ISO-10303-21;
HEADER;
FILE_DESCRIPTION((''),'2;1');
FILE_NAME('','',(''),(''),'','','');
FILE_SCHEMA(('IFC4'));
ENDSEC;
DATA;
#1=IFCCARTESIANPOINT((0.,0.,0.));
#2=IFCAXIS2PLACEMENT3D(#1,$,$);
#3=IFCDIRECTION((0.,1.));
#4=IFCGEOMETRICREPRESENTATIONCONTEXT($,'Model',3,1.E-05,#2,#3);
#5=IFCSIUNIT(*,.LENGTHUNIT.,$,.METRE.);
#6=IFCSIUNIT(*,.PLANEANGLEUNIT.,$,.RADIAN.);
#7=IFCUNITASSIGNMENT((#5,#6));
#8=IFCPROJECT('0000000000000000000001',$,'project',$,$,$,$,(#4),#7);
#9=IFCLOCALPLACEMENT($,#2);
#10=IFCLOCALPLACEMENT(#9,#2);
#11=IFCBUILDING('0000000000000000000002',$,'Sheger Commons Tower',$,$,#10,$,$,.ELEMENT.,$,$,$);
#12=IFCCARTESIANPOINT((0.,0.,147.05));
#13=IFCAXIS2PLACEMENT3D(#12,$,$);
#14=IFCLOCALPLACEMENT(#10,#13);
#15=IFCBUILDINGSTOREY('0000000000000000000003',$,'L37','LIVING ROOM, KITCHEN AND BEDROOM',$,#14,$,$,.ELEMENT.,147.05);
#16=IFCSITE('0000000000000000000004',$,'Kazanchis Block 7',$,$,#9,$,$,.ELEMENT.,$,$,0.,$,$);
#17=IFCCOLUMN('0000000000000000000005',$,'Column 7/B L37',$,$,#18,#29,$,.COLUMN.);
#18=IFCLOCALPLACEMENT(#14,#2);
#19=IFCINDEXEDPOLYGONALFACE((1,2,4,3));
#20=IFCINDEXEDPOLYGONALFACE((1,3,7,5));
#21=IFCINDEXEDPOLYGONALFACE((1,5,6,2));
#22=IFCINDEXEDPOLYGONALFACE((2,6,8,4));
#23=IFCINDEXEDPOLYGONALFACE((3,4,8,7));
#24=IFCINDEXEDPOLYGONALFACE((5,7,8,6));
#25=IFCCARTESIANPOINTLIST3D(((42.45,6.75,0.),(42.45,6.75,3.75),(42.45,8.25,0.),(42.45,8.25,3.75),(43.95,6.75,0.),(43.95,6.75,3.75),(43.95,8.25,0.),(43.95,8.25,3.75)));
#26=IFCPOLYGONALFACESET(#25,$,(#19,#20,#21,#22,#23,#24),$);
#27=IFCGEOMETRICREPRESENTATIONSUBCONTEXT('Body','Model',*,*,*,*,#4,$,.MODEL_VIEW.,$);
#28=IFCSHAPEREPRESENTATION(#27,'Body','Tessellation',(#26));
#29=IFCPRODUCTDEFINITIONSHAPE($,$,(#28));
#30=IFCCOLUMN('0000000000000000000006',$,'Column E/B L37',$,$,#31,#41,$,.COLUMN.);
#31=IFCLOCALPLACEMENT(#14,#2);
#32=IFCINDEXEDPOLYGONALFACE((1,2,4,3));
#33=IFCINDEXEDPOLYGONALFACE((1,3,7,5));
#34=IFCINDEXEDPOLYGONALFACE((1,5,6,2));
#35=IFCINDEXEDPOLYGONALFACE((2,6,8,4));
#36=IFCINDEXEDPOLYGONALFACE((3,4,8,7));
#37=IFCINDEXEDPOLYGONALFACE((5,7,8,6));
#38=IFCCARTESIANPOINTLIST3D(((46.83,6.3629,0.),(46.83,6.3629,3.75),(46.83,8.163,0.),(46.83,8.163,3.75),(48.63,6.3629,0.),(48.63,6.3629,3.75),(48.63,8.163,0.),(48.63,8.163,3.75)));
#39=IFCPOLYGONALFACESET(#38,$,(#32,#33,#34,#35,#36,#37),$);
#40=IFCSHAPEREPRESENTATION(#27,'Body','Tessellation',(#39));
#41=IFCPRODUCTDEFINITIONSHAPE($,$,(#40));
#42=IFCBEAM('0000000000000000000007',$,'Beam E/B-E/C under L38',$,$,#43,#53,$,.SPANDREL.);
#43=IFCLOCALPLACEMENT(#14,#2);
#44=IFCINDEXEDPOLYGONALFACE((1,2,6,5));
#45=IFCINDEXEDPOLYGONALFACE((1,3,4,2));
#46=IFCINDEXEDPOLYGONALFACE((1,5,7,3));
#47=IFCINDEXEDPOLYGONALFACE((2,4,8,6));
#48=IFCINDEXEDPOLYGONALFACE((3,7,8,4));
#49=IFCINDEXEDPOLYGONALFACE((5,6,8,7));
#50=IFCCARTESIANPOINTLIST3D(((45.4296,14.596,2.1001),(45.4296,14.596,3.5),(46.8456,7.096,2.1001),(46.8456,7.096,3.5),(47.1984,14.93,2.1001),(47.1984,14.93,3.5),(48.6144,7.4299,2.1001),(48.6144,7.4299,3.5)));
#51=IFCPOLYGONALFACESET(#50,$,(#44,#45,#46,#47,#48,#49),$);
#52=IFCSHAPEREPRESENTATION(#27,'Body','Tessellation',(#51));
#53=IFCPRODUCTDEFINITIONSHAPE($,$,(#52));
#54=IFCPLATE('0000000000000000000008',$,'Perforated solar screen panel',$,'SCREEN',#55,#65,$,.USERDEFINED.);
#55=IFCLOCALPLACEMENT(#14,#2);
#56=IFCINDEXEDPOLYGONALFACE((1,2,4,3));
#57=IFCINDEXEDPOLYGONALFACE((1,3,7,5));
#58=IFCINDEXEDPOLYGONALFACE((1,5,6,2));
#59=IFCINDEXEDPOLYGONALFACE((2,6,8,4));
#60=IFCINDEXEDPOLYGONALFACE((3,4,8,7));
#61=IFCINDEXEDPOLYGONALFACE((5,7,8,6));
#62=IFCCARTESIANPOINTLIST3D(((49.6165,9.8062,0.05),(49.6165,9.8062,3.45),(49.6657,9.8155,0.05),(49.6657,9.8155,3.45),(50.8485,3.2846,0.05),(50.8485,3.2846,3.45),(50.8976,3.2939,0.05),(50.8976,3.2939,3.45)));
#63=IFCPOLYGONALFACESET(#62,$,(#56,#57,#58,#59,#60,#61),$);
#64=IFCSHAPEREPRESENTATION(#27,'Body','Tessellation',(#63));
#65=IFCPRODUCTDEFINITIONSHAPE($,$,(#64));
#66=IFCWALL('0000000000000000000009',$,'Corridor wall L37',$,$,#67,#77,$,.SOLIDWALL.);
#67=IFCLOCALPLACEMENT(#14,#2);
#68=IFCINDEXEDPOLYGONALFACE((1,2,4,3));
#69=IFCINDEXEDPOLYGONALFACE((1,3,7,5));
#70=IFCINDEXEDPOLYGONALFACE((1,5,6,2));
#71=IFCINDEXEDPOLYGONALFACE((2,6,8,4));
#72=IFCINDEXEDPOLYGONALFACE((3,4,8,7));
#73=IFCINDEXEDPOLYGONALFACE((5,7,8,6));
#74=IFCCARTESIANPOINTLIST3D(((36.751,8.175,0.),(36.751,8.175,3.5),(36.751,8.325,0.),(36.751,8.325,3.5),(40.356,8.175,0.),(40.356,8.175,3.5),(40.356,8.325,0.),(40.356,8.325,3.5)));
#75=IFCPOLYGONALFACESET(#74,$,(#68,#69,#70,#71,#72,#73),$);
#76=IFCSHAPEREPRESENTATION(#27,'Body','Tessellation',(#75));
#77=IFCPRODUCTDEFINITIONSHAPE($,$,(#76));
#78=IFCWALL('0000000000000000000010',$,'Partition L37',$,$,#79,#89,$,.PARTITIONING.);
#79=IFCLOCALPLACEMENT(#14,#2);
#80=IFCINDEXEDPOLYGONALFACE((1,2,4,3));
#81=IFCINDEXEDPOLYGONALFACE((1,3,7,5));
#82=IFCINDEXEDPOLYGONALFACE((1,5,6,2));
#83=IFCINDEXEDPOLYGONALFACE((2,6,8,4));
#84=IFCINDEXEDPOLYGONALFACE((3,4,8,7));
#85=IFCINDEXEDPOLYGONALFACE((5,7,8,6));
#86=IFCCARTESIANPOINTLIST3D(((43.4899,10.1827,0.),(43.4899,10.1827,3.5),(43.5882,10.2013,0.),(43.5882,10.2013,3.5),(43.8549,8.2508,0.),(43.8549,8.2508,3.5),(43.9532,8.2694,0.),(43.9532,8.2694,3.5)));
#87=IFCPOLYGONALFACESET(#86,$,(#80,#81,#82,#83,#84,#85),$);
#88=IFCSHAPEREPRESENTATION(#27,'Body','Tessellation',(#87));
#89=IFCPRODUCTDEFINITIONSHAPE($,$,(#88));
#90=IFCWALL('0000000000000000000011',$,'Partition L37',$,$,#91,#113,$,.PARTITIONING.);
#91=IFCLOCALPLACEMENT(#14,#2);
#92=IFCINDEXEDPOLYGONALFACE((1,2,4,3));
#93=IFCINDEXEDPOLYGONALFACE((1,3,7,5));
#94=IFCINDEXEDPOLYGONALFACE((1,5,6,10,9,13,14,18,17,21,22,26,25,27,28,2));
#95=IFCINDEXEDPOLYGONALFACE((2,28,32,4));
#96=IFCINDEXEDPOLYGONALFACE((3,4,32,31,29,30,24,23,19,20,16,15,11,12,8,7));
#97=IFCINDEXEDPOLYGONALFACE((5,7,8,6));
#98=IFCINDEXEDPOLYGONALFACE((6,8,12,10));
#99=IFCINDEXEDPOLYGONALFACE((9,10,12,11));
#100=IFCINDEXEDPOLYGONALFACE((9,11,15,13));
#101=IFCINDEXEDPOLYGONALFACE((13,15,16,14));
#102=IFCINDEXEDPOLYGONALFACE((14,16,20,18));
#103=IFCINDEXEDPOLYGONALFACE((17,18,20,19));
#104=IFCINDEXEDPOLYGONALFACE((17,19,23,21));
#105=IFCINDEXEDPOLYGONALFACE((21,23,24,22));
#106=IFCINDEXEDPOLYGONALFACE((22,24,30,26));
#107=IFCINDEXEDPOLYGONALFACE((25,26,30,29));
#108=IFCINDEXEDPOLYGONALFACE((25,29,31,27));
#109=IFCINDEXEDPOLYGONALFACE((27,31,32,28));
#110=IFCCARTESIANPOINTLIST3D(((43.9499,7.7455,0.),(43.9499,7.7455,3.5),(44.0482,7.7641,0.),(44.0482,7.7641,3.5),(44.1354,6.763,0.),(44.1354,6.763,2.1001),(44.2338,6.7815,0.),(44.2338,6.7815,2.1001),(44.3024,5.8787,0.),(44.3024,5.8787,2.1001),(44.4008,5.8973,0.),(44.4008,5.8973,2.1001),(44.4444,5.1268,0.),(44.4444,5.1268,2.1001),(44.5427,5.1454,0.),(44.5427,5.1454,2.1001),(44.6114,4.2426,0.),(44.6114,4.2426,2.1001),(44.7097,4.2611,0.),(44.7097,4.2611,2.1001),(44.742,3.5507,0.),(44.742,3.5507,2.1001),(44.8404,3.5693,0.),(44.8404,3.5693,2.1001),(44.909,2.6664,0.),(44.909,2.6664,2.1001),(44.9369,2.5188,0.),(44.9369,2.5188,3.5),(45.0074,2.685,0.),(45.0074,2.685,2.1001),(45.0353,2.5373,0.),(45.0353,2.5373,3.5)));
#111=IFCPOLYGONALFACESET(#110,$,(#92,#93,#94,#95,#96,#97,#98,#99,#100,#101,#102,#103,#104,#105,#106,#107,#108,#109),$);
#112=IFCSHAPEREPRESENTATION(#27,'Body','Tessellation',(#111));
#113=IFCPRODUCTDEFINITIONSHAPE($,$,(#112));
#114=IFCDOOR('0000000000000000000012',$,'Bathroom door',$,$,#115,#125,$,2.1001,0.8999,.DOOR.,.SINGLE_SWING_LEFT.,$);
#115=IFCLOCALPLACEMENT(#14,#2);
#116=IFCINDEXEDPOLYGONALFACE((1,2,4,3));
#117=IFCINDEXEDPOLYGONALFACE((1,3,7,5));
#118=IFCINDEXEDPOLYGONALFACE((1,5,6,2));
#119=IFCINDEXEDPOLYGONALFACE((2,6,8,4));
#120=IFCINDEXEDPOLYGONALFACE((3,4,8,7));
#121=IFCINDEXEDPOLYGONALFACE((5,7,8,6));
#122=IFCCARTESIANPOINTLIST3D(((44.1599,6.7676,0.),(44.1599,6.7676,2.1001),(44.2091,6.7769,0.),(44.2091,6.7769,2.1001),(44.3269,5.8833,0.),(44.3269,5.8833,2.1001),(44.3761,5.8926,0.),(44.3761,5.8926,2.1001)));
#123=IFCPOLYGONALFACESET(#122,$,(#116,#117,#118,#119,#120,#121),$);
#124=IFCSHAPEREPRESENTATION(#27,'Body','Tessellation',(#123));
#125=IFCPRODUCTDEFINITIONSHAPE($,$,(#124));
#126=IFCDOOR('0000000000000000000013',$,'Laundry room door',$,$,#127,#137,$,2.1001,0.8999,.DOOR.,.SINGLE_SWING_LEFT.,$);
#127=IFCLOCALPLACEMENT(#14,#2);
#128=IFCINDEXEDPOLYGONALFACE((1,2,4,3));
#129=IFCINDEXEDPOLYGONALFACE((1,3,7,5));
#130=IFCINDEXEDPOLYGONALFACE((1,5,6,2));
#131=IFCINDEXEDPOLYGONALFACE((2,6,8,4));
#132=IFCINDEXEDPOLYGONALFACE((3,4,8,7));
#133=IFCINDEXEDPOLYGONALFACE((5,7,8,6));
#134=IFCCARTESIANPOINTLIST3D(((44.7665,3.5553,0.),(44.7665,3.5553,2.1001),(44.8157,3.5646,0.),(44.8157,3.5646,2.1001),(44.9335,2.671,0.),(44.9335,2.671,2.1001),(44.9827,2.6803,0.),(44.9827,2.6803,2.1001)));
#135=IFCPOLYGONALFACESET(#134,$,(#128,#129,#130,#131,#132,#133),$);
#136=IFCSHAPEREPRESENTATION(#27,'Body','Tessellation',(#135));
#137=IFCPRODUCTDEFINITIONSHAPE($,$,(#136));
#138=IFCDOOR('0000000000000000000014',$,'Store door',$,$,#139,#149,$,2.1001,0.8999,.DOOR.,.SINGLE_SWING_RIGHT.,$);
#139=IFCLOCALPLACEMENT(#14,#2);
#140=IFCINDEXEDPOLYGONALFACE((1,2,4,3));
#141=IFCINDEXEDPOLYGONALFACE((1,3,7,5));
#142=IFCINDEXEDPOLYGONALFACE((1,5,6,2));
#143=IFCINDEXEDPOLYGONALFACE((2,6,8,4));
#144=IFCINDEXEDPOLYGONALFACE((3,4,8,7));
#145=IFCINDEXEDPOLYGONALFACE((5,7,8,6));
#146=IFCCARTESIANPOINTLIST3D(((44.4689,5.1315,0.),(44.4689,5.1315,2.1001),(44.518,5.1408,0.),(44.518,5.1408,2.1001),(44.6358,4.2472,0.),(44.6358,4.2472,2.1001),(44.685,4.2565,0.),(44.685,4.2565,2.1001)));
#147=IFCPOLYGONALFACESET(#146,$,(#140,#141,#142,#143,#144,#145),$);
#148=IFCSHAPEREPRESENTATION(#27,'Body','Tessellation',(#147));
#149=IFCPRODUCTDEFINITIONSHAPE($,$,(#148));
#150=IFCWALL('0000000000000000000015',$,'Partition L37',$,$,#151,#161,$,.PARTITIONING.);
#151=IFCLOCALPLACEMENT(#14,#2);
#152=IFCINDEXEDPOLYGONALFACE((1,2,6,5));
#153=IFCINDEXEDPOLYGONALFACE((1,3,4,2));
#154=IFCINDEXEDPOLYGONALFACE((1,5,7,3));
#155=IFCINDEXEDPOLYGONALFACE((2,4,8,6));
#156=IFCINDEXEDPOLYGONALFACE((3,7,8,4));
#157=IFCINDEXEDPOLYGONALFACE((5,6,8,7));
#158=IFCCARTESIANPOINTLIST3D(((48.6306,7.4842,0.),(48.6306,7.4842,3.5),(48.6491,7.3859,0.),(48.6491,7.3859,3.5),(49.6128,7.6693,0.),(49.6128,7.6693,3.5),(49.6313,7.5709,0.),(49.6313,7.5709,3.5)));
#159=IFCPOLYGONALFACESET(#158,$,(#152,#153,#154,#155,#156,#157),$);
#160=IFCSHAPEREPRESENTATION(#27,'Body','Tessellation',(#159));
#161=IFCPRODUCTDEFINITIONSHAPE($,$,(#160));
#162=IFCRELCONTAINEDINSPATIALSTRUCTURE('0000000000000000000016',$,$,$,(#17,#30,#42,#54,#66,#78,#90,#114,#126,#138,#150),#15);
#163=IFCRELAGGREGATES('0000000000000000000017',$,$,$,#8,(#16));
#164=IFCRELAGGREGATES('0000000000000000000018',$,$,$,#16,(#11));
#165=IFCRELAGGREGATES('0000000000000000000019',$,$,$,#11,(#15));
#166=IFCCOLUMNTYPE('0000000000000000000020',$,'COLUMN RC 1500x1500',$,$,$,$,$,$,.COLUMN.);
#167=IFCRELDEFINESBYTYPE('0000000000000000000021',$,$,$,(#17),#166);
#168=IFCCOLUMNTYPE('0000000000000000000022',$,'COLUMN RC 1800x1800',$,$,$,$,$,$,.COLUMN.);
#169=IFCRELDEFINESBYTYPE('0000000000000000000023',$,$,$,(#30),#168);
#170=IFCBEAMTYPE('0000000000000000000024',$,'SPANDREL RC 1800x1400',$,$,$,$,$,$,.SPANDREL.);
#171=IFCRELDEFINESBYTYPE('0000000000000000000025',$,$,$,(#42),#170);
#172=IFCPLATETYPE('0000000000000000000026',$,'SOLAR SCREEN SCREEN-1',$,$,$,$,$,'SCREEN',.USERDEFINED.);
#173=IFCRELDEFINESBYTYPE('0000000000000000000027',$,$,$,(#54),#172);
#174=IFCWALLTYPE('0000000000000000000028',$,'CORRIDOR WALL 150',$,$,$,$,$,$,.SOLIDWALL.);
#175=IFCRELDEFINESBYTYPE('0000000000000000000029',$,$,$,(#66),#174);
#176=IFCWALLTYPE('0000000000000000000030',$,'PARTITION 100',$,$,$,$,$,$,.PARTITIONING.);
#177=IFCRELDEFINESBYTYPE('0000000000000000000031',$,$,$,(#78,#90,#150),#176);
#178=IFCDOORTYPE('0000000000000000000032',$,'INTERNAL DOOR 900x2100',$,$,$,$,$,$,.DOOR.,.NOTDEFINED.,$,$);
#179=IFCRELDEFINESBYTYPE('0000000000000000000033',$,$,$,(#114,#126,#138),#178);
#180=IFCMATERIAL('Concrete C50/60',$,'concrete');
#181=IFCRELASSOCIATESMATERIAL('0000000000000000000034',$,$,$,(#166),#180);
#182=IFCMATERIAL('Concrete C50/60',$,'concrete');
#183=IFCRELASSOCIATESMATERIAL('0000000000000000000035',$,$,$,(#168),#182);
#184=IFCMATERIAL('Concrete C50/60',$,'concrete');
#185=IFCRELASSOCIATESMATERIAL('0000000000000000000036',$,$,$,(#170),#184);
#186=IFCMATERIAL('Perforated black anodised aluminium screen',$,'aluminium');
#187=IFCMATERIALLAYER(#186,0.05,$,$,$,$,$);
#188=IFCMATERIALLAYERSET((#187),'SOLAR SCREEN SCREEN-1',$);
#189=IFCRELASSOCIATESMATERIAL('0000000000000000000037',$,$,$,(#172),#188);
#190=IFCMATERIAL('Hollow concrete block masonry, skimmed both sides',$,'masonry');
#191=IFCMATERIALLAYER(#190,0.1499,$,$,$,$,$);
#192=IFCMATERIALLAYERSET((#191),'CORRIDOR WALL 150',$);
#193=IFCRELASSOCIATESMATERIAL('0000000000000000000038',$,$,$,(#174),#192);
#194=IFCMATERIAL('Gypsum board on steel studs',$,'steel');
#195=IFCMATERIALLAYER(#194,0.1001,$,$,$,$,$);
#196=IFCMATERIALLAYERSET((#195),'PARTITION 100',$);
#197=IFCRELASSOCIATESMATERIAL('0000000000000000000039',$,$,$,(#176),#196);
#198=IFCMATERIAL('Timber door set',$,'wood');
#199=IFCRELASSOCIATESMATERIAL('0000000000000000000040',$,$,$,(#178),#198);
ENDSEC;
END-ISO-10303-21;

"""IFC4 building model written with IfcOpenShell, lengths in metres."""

from ifc_helpers import new_model, si_unit, direction, frame, frame_2d, origin, origin_2d, place, context, subcontext, project, spatial, rectangle, extrude, material, layer, layer_set, material_profile, profile_set, type_object, element, fill, save


model = new_model("IFC4")

# Units and contexts
model_context = context("Model", 3, precision=1e-05, world=origin(), true_north=direction((0.0, 1.0)))
body_context = subcontext(model_context, "Body", "Model", "MODEL_VIEW")
ifc_project = project(units=[si_unit("LENGTHUNIT", "METRE"), si_unit("PLANEANGLEUNIT", "RADIAN")], contexts=[model_context])

# Site, building, storey
site_placement = place(None, origin())
site = spatial("IfcSite", under=ifc_project, at=site_placement, Name="Kazanchis Block 7", CompositionType="ELEMENT", RefElevation=0.0)
building_placement = place(site_placement, origin())
building = spatial("IfcBuilding", under=site, at=building_placement, Name="Sheger Commons Tower", CompositionType="ELEMENT")
storey_placement = place(building_placement, frame((0.0, 0.0, 147.05)))
storey = spatial("IfcBuildingStorey", under=building, at=storey_placement, Name="L37", Description="LIVING ROOM, KITCHEN AND BEDROOM", CompositionType="ELEMENT", Elevation=147.05)

# Columns
ifc_material_1 = material(Name="Concrete C50/60", Category="concrete")
ifc_material_profile_1 = material_profile(ifc_material_1, rectangle(XDim=1.5, YDim=1.5, at=origin_2d()), Name="RC 1500x1500")
ifc_profile_set_1 = profile_set([ifc_material_profile_1], Name="Concrete C50/60")
column_type_1 = type_object("IfcColumnType", Name="COLUMN RC 1500x1500", PredefinedType="COLUMN", material=ifc_profile_set_1)
column_1_placement = place(storey_placement, frame((43.2, 7.5, 0.0), z_axis=(0.0, 0.0, 1.0), x_axis=(1.0, 0.0, 0.0)))
element("IfcColumn", 1, at=column_1_placement, inside=storey, type_object=column_type_1, Name="Column 7/B L37", PredefinedType="COLUMN", context=body_context, shape_type="SweptSolid", body=[
    extrude(rectangle(XDim=1.5, YDim=1.5, at=origin_2d()), origin(), (0.0, 0.0, 1.0), 3.75),
])
ifc_material_2 = material(Name="Concrete C50/60", Category="concrete")
ifc_material_profile_2 = material_profile(ifc_material_2, rectangle(XDim=1.8, YDim=1.8, at=origin_2d()), Name="RC 1800x1800")
ifc_profile_set_2 = profile_set([ifc_material_profile_2], Name="Concrete C50/60")
column_type_2 = type_object("IfcColumnType", Name="COLUMN RC 1800x1800", PredefinedType="COLUMN", material=ifc_profile_set_2)
column_2_placement = place(storey_placement, frame((47.73, 7.2629, 0.0), z_axis=(0.0, 0.0, 1.0), x_axis=(1.0, 0.0, 0.0)))
element("IfcColumn", 2, at=column_2_placement, inside=storey, type_object=column_type_2, Name="Column E/B L37", PredefinedType="COLUMN", context=body_context, shape_type="SweptSolid", body=[
    extrude(rectangle(XDim=1.8, YDim=1.8, at=origin_2d()), origin(), (0.0, 0.0, 1.0), 3.75),
])

# Beam
ifc_material_3 = material(Name="Concrete C50/60", Category="concrete")
ifc_material_profile_3 = material_profile(ifc_material_3, rectangle(XDim=1.8, YDim=1.3999, at=origin_2d()), Name="RC 1800x1400")
ifc_profile_set_3 = profile_set([ifc_material_profile_3], Name="Concrete C50/60")
beam_type = type_object("IfcBeamType", Name="SPANDREL RC 1800x1400", PredefinedType="SPANDREL", material=ifc_profile_set_3)
beam_placement = place(storey_placement, frame((47.73, 7.2629, 2.8), z_axis=(-0.185524, 0.98264, 0.0), x_axis=(-0.98264, -0.185524, 0.0)))
element("IfcBeam", 3, at=beam_placement, inside=storey, type_object=beam_type, Name="Beam E/B-E/C under L38", PredefinedType="SPANDREL", context=body_context, shape_type="SweptSolid", body=[
    extrude(rectangle(XDim=1.8, YDim=1.3999, at=origin_2d()), origin(), (0.0, 0.0, 1.0), 7.6326),
])

# Plate
ifc_material_4 = material(Name="Perforated black anodised aluminium screen", Category="aluminium")
ifc_layer_1 = layer(ifc_material_4, 0.05)
ifc_layer_set_1 = layer_set([ifc_layer_1], Name="SOLAR SCREEN SCREEN-1")
plate_type = type_object("IfcPlateType", Name="SOLAR SCREEN SCREEN-1", ElementType="SCREEN", PredefinedType="USERDEFINED", material=ifc_layer_set_1)
plate_placement = place(storey_placement, frame((50.2571, 6.55, 0.05), z_axis=(0.0, 0.0, 1.0), x_axis=(-0.185615, 0.982623, 0.0)))
element("IfcPlate", 4, at=plate_placement, inside=storey, type_object=plate_type, Name="Perforated solar screen panel", ObjectType="SCREEN", PredefinedType="USERDEFINED", context=body_context, shape_type="SweptSolid", body=[
    extrude(rectangle(XDim=6.637, YDim=0.05, at=origin_2d()), origin(), (0.0, 0.0, 1.0), 3.3999),
])

# Walls
ifc_material_5 = material(Name="Hollow concrete block masonry, skimmed both sides", Category="masonry")
ifc_layer_2 = layer(ifc_material_5, 0.1499)
ifc_layer_set_2 = layer_set([ifc_layer_2], Name="CORRIDOR WALL 150")
wall_type_1 = type_object("IfcWallType", Name="CORRIDOR WALL 150", PredefinedType="SOLIDWALL", material=ifc_layer_set_2)
wall_1_placement = place(storey_placement, frame((40.356, 8.25, 0.0), z_axis=(0.0, 0.0, 1.0), x_axis=(-1.0, 0.0, 0.0)))
element("IfcWall", 5, at=wall_1_placement, inside=storey, type_object=wall_type_1, Name="Corridor wall L37", PredefinedType="SOLIDWALL", context=body_context, shape_type="SweptSolid", body=[
    extrude(rectangle(XDim=3.605, YDim=0.1499, at=frame_2d((1.8025, 0.0))), origin(), (0.0, 0.0, 1.0), 3.5),
])
ifc_material_6 = material(Name="Gypsum board on steel studs", Category="steel")
ifc_layer_3 = layer(ifc_material_6, 0.1001)
ifc_layer_set_3 = layer_set([ifc_layer_3], Name="PARTITION 100")
wall_type_2 = type_object("IfcWallType", Name="PARTITION 100", PredefinedType="PARTITIONING", material=ifc_layer_set_3)
wall_2_placement = place(storey_placement, frame((43.5391, 10.1919, 0.0), z_axis=(0.0, 0.0, 1.0), x_axis=(0.185645, -0.982617, 0.0)))
element("IfcWall", 6, at=wall_2_placement, inside=storey, type_object=wall_type_2, Name="Partition L37", PredefinedType="PARTITIONING", context=body_context, shape_type="SweptSolid", body=[
    extrude(rectangle(XDim=1.9661, YDim=0.1001, at=frame_2d((0.9829, 0.0))), origin(), (0.0, 0.0, 1.0), 3.5),
])

# Wall, openings, doors
wall_3_placement = place(storey_placement, frame((43.999, 7.7549, 0.0), z_axis=(0.0, 0.0, 1.0), x_axis=(0.185566, -0.982632, 0.0)))
wall_3 = element("IfcWall", 7, at=wall_3_placement, inside=storey, type_object=wall_type_2, Name="Partition L37", PredefinedType="PARTITIONING", context=body_context, shape_type="SweptSolid", body=[
    extrude(rectangle(XDim=5.3191, YDim=0.1001, at=frame_2d((2.6597, 0.0))), origin(), (0.0, 0.0, 1.0), 3.5),
])
opening_1_placement = place(wall_3_placement, frame((1.0, 0.0, 0.0)))
opening_1 = element("IfcOpeningElement", 8, at=opening_1_placement, cuts=wall_3, PredefinedType="OPENING", context=body_context, shape_type="SweptSolid", body=[
    extrude(rectangle(XDim=0.8999, YDim=2.1001, at=frame_2d((0.45, 1.05))), frame((0.0, 0.0601, 0.0), z_axis=(0.0, -1.0, 0.0), x_axis=(1.0, 0.0, 0.0)), (0.0, 0.0, 1.0), 0.1201),
])
opening_2_placement = place(wall_3_placement, frame((4.269, 0.0, 0.0)))
opening_2 = element("IfcOpeningElement", 9, at=opening_2_placement, cuts=wall_3, PredefinedType="OPENING", context=body_context, shape_type="SweptSolid", body=[
    extrude(rectangle(XDim=0.8999, YDim=2.1001, at=frame_2d((0.45, 1.05))), frame((0.0, 0.0601, 0.0), z_axis=(0.0, -1.0, 0.0), x_axis=(1.0, 0.0, 0.0)), (0.0, 0.0, 1.0), 0.1201),
])
opening_3_placement = place(wall_3_placement, frame((2.665, 0.0, 0.0)))
opening_3 = element("IfcOpeningElement", 10, at=opening_3_placement, cuts=wall_3, PredefinedType="OPENING", context=body_context, shape_type="SweptSolid", body=[
    extrude(rectangle(XDim=0.8999, YDim=2.1001, at=frame_2d((0.45, 1.05))), frame((0.0, 0.0601, 0.0), z_axis=(0.0, -1.0, 0.0), x_axis=(1.0, 0.0, 0.0)), (0.0, 0.0, 1.0), 0.1201),
])
ifc_material_7 = material(Name="Timber door set", Category="wood")
door_type = type_object("IfcDoorType", Name="INTERNAL DOOR 900x2100", OperationType="NOTDEFINED", PredefinedType="DOOR", material=ifc_material_7)
door_1_placement = place(opening_1_placement, origin())
door_1 = element("IfcDoor", 11, at=door_1_placement, inside=storey, type_object=door_type, Name="Bathroom door", OperationType="SINGLE_SWING_LEFT", OverallHeight=2.1001, OverallWidth=0.8999, PredefinedType="DOOR", context=body_context, shape_type="SweptSolid", body=[
    extrude(rectangle(XDim=0.8999, YDim=2.1001, at=frame_2d((0.45, 1.05))), frame((0.0, 0.0249, 0.0), z_axis=(0.0, -1.0, 0.0), x_axis=(1.0, 0.0, 0.0)), (0.0, 0.0, 1.0), 0.05),
])
fill(opening_1, door_1)
door_2_placement = place(opening_2_placement, origin())
door_2 = element("IfcDoor", 12, at=door_2_placement, inside=storey, type_object=door_type, Name="Laundry room door", OperationType="SINGLE_SWING_LEFT", OverallHeight=2.1001, OverallWidth=0.8999, PredefinedType="DOOR", context=body_context, shape_type="SweptSolid", body=[
    extrude(rectangle(XDim=0.8999, YDim=2.1001, at=frame_2d((0.45, 1.05))), frame((0.0, 0.0249, 0.0), z_axis=(0.0, -1.0, 0.0), x_axis=(1.0, 0.0, 0.0)), (0.0, 0.0, 1.0), 0.05),
])
fill(opening_2, door_2)
door_3_placement = place(opening_3_placement, origin())
door_3 = element("IfcDoor", 13, at=door_3_placement, inside=storey, type_object=door_type, Name="Store door", OperationType="SINGLE_SWING_RIGHT", OverallHeight=2.1001, OverallWidth=0.8999, PredefinedType="DOOR", context=body_context, shape_type="SweptSolid", body=[
    extrude(rectangle(XDim=0.8999, YDim=2.1001, at=frame_2d((0.45, 1.05))), frame((0.0, 0.0249, 0.0), z_axis=(0.0, -1.0, 0.0), x_axis=(1.0, 0.0, 0.0)), (0.0, 0.0, 1.0), 0.05),
])
fill(opening_3, door_3)

# Wall
wall_4_placement = place(storey_placement, frame((49.6221, 7.6201, 0.0), z_axis=(0.0, 0.0, 1.0), x_axis=(-0.982709, -0.185159, 0.0)))
element("IfcWall", 14, at=wall_4_placement, inside=storey, type_object=wall_type_2, Name="Partition L37", PredefinedType="PARTITIONING", context=body_context, shape_type="SweptSolid", body=[
    extrude(rectangle(XDim=0.9995, YDim=0.1001, at=frame_2d((0.4998, 0.0))), origin(), (0.0, 0.0, 1.0), 3.5),
])

save(model, "model.ifc")
